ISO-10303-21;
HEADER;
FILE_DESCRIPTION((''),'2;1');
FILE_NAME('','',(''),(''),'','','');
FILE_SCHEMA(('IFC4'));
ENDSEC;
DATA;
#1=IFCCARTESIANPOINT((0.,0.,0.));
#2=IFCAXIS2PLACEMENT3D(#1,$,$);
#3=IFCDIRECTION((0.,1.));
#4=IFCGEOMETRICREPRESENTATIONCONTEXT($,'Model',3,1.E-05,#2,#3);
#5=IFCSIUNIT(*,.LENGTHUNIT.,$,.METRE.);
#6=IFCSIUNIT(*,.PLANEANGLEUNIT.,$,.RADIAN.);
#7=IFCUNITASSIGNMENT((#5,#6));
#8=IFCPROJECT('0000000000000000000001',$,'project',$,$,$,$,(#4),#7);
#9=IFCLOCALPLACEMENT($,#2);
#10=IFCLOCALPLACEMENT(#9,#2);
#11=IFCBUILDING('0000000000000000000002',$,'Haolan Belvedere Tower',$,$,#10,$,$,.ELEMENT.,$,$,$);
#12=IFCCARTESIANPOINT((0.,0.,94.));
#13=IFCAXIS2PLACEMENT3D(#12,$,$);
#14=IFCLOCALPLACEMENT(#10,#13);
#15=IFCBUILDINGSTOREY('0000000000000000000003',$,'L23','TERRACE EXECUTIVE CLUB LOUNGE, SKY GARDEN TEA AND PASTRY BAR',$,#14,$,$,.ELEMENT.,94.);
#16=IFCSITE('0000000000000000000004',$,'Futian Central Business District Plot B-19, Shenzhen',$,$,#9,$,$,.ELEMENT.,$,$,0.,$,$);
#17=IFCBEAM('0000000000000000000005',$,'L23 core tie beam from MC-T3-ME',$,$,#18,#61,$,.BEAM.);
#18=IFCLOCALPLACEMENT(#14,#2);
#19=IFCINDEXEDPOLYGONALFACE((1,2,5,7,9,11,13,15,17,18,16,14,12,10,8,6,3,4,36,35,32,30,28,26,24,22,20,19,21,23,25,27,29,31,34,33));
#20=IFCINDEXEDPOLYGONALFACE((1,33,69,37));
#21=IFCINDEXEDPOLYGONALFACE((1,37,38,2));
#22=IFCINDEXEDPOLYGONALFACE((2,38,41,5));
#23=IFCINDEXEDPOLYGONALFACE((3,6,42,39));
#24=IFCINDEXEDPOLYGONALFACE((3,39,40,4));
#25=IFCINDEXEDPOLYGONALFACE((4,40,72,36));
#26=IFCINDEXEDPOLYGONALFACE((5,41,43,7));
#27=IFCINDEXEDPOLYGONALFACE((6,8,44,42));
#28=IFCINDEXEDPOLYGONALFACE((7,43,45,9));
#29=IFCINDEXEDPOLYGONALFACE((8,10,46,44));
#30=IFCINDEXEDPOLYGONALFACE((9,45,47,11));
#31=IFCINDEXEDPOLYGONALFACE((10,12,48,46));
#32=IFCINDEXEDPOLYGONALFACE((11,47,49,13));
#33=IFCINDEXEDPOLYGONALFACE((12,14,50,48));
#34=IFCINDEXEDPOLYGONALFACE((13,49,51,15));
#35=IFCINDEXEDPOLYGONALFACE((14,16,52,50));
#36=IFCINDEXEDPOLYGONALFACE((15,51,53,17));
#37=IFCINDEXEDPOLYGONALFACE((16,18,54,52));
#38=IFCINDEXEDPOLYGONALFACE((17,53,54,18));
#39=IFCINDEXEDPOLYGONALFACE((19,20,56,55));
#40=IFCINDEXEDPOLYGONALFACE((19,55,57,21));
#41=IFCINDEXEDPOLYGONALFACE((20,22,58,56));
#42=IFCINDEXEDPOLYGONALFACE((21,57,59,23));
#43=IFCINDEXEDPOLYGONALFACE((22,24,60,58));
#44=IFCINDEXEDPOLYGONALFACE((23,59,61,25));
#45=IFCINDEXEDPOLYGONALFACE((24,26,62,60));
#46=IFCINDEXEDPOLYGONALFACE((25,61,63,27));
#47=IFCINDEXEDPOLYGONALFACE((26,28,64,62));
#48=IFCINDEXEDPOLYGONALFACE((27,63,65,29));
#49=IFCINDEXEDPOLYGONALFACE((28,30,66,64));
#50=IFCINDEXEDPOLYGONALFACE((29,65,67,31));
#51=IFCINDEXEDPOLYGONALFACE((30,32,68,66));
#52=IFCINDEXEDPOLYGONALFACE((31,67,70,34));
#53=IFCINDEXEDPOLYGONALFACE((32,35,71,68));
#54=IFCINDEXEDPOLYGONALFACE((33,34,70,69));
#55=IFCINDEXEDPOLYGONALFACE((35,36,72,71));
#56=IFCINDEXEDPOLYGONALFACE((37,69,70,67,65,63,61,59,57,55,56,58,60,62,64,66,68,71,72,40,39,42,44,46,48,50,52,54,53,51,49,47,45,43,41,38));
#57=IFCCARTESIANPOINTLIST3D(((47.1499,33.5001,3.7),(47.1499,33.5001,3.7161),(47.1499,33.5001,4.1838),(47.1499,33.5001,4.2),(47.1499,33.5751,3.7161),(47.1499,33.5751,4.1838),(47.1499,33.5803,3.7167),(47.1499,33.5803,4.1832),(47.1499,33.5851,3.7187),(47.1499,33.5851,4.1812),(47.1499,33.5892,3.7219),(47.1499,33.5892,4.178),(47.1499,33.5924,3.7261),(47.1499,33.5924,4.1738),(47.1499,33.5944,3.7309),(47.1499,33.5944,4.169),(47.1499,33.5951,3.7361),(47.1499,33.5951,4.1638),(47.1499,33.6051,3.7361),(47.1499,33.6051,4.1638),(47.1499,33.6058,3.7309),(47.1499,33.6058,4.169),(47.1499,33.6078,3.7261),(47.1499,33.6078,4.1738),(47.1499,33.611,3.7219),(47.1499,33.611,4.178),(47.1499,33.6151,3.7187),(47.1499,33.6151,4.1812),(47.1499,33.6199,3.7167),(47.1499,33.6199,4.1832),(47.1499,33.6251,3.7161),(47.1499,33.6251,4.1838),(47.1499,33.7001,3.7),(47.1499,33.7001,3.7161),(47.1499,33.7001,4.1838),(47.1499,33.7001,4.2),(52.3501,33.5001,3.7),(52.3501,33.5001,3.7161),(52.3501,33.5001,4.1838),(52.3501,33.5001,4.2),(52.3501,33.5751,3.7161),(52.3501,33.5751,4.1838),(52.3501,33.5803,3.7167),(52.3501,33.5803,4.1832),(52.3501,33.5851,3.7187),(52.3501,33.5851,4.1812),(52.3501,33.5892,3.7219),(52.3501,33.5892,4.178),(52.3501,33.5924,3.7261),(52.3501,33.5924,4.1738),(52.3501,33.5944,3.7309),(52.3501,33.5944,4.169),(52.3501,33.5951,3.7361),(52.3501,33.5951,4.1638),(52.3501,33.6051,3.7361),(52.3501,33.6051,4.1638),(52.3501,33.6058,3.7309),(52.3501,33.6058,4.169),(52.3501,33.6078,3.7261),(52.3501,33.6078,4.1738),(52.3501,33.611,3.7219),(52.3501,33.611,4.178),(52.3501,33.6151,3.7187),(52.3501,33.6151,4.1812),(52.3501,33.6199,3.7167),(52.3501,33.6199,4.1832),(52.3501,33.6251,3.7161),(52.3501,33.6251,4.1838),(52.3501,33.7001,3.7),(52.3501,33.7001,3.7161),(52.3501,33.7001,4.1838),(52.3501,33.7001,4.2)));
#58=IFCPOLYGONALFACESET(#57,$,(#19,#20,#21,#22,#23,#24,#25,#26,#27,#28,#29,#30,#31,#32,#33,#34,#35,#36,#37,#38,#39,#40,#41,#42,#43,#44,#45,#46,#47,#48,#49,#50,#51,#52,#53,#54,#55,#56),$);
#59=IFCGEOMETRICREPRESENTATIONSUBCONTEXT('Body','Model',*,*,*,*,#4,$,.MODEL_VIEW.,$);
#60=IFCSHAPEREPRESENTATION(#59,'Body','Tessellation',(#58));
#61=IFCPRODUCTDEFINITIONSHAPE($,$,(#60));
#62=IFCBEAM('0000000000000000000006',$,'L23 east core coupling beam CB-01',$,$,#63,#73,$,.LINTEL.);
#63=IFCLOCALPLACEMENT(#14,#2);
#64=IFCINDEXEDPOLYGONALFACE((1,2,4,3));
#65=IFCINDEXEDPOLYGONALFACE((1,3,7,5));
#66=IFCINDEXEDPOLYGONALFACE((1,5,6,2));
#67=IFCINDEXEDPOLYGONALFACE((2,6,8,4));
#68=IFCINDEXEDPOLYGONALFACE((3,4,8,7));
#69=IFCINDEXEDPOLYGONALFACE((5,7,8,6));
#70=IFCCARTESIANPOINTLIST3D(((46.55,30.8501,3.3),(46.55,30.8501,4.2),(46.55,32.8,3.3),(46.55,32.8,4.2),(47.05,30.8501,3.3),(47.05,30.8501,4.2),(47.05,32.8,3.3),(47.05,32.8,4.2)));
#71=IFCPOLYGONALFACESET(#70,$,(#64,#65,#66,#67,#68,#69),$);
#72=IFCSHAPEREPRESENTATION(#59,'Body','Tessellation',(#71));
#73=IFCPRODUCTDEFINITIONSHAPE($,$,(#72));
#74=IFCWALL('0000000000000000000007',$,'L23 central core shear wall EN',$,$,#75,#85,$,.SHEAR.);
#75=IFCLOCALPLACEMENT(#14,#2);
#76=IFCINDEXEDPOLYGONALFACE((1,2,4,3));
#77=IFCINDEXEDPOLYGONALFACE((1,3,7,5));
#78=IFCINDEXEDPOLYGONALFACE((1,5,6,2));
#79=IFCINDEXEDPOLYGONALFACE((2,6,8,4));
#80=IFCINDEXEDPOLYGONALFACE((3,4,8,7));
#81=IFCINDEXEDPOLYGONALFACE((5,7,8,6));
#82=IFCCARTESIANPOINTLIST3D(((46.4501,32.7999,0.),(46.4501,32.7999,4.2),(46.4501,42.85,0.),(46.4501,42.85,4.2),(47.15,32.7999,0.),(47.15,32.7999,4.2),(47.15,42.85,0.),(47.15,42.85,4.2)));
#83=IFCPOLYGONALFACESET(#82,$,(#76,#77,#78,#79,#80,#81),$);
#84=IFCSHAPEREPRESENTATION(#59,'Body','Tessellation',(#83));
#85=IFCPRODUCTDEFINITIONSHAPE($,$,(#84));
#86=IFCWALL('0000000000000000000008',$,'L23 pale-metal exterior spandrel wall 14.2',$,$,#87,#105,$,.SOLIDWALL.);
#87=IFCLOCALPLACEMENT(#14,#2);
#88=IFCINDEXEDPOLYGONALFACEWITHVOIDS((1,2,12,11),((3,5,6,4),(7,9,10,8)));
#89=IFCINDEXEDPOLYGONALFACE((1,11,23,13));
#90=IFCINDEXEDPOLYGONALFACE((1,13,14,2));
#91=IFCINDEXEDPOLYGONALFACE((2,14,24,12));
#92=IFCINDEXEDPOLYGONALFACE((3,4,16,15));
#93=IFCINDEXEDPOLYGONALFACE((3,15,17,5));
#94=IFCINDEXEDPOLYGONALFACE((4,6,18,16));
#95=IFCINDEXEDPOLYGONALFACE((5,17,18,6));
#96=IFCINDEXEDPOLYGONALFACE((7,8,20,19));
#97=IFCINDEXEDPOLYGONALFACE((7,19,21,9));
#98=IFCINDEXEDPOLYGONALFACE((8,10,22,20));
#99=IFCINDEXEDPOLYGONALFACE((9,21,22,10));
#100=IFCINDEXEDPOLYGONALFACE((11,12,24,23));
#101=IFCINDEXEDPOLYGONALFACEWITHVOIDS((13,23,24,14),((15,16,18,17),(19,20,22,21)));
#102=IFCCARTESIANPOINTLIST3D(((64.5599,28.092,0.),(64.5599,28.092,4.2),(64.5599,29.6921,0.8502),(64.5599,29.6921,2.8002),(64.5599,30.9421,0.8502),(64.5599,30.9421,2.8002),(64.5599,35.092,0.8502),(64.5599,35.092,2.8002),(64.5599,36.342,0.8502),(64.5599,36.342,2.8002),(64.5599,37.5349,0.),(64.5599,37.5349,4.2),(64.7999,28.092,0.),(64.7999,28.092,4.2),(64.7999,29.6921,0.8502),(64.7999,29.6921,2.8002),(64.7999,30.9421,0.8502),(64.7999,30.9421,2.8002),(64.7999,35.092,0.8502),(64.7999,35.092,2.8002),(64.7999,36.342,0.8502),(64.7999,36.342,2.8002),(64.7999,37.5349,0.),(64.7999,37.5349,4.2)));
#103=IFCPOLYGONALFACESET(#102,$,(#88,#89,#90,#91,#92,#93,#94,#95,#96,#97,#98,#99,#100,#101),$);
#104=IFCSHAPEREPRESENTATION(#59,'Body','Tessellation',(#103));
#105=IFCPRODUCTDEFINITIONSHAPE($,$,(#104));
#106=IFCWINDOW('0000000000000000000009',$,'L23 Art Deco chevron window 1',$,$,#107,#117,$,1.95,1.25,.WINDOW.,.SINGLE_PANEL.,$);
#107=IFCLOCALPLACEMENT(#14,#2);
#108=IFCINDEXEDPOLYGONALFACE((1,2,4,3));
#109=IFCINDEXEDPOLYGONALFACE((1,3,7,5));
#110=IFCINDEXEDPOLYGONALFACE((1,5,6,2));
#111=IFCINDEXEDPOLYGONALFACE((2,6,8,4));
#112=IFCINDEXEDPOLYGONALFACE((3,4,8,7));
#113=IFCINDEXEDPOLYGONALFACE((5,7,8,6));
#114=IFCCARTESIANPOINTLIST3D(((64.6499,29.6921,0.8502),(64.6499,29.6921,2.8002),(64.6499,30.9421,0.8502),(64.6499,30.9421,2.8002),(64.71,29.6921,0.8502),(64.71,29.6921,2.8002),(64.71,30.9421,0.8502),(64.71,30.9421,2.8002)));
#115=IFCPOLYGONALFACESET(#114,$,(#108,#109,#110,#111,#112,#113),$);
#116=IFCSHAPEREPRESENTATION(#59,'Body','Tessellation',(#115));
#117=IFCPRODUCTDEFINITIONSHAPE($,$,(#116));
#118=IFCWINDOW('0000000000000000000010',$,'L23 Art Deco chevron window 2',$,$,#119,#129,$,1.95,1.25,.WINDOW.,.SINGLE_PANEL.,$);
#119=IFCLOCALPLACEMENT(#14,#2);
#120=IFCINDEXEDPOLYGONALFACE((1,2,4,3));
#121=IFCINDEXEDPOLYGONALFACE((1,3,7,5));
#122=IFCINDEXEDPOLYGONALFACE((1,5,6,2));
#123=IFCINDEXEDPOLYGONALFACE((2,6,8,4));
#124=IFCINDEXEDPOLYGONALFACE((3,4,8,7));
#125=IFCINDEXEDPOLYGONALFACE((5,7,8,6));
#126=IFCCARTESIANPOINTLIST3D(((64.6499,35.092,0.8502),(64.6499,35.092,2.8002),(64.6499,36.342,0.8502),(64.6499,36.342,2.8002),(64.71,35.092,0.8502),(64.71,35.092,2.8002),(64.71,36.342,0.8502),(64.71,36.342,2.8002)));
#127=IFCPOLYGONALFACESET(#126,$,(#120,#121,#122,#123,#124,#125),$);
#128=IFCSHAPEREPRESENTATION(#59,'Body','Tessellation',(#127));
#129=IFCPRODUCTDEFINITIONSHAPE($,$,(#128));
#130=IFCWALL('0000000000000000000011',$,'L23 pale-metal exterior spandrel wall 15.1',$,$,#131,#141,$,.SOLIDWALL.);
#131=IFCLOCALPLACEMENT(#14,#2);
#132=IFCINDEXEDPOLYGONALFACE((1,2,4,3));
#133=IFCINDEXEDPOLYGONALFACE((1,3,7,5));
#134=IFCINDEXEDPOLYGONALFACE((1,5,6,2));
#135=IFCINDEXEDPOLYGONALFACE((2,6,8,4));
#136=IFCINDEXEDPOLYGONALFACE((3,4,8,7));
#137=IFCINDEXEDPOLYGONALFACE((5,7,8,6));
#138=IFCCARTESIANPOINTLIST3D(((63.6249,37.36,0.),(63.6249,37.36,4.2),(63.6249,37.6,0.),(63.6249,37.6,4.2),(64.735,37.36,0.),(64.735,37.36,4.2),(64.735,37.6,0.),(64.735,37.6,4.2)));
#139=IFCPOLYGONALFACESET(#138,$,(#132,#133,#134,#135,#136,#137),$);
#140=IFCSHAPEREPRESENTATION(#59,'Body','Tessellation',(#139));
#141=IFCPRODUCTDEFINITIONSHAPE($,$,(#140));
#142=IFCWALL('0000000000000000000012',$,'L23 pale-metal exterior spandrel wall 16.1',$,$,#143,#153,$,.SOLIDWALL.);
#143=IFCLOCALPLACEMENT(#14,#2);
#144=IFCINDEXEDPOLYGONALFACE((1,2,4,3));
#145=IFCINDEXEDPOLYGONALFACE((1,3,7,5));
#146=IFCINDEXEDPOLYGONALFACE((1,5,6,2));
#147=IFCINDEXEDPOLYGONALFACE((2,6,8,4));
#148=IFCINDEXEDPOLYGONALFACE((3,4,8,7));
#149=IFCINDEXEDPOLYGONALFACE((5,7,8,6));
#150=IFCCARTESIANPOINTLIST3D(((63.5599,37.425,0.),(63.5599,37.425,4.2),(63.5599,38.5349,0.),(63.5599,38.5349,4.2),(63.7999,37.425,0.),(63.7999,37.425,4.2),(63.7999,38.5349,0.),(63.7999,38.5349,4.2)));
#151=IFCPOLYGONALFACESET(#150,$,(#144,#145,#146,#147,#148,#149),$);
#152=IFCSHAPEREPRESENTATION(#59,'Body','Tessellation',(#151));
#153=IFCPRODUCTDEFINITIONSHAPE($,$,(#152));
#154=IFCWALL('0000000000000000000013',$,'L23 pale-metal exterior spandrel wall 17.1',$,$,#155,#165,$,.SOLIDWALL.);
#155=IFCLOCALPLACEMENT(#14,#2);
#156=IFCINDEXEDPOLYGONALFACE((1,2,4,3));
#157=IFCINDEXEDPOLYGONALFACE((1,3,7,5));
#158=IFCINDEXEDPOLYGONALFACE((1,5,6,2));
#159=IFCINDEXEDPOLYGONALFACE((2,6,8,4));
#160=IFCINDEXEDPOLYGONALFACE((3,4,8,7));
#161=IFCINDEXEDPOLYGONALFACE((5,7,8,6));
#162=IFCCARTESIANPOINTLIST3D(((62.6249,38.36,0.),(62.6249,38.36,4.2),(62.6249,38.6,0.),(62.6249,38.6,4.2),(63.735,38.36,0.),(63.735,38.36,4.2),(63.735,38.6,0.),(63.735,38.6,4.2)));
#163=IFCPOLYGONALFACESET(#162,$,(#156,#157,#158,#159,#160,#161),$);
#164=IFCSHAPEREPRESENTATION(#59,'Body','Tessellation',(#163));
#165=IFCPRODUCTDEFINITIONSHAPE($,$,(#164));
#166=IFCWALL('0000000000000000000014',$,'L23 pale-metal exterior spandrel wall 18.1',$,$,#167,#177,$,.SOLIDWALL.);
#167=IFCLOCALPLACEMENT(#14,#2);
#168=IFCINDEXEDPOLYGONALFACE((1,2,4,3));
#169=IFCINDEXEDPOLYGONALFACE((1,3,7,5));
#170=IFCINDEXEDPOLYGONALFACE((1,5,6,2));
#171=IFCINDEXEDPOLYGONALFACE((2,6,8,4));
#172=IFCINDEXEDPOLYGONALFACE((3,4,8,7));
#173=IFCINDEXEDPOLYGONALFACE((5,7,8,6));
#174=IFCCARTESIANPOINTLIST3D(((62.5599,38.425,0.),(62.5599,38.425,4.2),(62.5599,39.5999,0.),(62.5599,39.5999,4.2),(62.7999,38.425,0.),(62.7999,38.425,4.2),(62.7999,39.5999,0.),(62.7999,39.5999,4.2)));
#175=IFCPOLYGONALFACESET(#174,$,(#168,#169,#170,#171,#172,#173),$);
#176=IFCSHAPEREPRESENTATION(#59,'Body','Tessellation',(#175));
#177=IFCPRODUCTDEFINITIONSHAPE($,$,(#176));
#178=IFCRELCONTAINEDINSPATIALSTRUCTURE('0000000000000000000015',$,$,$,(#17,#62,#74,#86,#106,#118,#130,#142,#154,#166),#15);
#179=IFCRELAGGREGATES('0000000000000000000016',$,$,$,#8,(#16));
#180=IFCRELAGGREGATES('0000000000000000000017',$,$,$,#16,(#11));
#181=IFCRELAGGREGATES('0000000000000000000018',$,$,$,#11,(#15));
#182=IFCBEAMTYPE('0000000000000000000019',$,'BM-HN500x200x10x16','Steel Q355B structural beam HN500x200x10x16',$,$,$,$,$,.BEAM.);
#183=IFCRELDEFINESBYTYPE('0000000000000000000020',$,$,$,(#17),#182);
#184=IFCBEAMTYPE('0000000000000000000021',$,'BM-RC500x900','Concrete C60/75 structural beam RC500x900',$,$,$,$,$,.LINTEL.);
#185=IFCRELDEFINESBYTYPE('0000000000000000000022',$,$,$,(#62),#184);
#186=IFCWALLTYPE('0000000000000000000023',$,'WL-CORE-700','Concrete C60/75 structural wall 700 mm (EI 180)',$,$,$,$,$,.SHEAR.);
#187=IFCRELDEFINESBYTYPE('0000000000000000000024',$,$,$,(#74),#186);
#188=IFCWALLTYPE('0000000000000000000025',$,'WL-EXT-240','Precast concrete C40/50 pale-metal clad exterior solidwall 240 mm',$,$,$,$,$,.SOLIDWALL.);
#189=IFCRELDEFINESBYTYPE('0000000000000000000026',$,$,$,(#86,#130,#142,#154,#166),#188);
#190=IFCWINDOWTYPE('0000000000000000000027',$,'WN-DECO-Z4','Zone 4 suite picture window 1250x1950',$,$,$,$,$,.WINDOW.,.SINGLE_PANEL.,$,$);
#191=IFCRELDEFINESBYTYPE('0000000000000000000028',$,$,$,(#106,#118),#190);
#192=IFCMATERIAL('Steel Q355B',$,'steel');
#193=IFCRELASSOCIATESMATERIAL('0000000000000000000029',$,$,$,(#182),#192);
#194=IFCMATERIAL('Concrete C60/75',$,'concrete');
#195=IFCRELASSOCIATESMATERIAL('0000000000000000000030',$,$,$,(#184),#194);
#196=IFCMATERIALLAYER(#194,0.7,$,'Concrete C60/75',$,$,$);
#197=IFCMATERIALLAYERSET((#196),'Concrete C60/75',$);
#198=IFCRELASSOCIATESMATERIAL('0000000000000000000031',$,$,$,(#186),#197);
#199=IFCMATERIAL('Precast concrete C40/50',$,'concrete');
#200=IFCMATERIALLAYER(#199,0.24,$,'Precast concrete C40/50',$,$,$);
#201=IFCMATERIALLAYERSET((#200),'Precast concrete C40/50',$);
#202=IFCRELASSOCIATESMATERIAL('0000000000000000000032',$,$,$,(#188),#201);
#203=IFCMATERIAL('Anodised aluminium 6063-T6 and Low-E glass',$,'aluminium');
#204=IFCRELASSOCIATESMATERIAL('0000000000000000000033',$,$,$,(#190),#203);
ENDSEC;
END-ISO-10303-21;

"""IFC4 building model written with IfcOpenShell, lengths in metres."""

from ifc_helpers import new_model, si_unit, direction, frame, frame_2d, origin, origin_2d, place, context, subcontext, project, spatial, rectangle, i_section, extrude, material, layer, layer_set, material_profile, profile_set, type_object, element, fill, save


model = new_model("IFC4")

# Units and contexts
model_context = context("Model", 3, precision=1e-05, world=origin(), true_north=direction((0.0, 1.0)))
body_context = subcontext(model_context, "Body", "Model", "MODEL_VIEW")
ifc_project = project(units=[si_unit("LENGTHUNIT", "METRE"), si_unit("PLANEANGLEUNIT", "RADIAN")], contexts=[model_context])

# Site, building, storey
site_placement = place(None, origin())
site = spatial("IfcSite", under=ifc_project, at=site_placement, Name="Futian Central Business District Plot B-19, Shenzhen", CompositionType="ELEMENT", RefElevation=0.0)
building_placement = place(site_placement, origin())
building = spatial("IfcBuilding", under=site, at=building_placement, Name="Haolan Belvedere Tower", CompositionType="ELEMENT")
storey_placement = place(building_placement, frame((0.0, 0.0, 94.0)))
storey = spatial("IfcBuildingStorey", under=building, at=storey_placement, Name="L23", Description="TERRACE EXECUTIVE CLUB LOUNGE, SKY GARDEN TEA AND PASTRY BAR", CompositionType="ELEMENT", Elevation=94.0)

# Beams
ifc_material_1 = material(Name="Steel Q355B", Category="steel")
ifc_material_profile_1 = material_profile(ifc_material_1, i_section(OverallWidth=0.2, OverallDepth=0.5, WebThickness=0.01, FlangeThickness=0.0161, FilletRadius=0.02, at=origin_2d()), Name="Steel Q355B")
ifc_profile_set_1 = profile_set([ifc_material_profile_1], Name="Steel Q355B")
beam_type_1 = type_object("IfcBeamType", Name="BM-HN500x200x10x16", Description="Steel Q355B structural beam HN500x200x10x16", PredefinedType="BEAM", material=ifc_profile_set_1)
beam_1_placement = place(storey_placement, frame((52.3501, 33.6001, 3.95), z_axis=(-1.0, 0.0, 0.0), x_axis=(0.0, -1.0, 0.0)))
element("IfcBeam", 1, at=beam_1_placement, inside=storey, type_object=beam_type_1, Name="L23 core tie beam from MC-T3-ME", PredefinedType="BEAM", context=body_context, shape_type="SweptSolid", body=[
    extrude(i_section(OverallWidth=0.2, OverallDepth=0.5, WebThickness=0.01, FlangeThickness=0.0161, FilletRadius=0.02, at=origin_2d()), origin(), (0.0, 0.0, 1.0), 5.2002),
])
ifc_material_2 = material(Name="Concrete C60/75", Category="concrete")
ifc_material_profile_2 = material_profile(ifc_material_2, rectangle(XDim=0.5, YDim=0.8999, at=origin_2d()), Name="Concrete C60/75")
ifc_profile_set_2 = profile_set([ifc_material_profile_2], Name="Concrete C60/75")
beam_type_2 = type_object("IfcBeamType", Name="BM-RC500x900", Description="Concrete C60/75 structural beam RC500x900", PredefinedType="LINTEL", material=ifc_profile_set_2)
beam_2_placement = place(storey_placement, frame((46.8, 30.8501, 3.75), z_axis=(0.0, 1.0, 0.0), x_axis=(-1.0, 0.0, 0.0)))
element("IfcBeam", 2, at=beam_2_placement, inside=storey, type_object=beam_type_2, Name="L23 east core coupling beam CB-01", PredefinedType="LINTEL", context=body_context, shape_type="SweptSolid", body=[
    extrude(rectangle(XDim=0.5, YDim=0.8999, at=origin_2d()), origin(), (0.0, 0.0, 1.0), 1.95),
])

# Wall
ifc_layer_1 = layer(ifc_material_2, 0.7, Name="Concrete C60/75")
ifc_layer_set_1 = layer_set([ifc_layer_1], Name="Concrete C60/75")
wall_type_1 = type_object("IfcWallType", Name="WL-CORE-700", Description="Concrete C60/75 structural wall 700 mm (EI 180)", PredefinedType="SHEAR", material=ifc_layer_set_1)
wall_1_placement = place(storey_placement, frame((46.8, 32.8, 0.0), z_axis=(0.0, 0.0, 1.0), x_axis=(0.0, 1.0, 0.0)))
element("IfcWall", 3, at=wall_1_placement, inside=storey, type_object=wall_type_1, Name="L23 central core shear wall EN", PredefinedType="SHEAR", context=body_context, shape_type="SweptSolid", body=[
    extrude(rectangle(XDim=10.05, YDim=0.7, at=frame_2d((5.0249, 0.0))), origin(), (0.0, 0.0, 1.0), 4.2),
])

# Wall, openings, windows
ifc_material_3 = material(Name="Precast concrete C40/50", Category="concrete")
ifc_layer_2 = layer(ifc_material_3, 0.24, Name="Precast concrete C40/50")
ifc_layer_set_2 = layer_set([ifc_layer_2], Name="Precast concrete C40/50")
wall_type_2 = type_object("IfcWallType", Name="WL-EXT-240", Description="Precast concrete C40/50 pale-metal clad exterior solidwall 240 mm", PredefinedType="SOLIDWALL", material=ifc_layer_set_2)
wall_2_placement = place(storey_placement, frame((64.6799, 28.092, 0.0), z_axis=(0.0, 0.0, 1.0), x_axis=(0.0, 1.0, 0.0)))
wall_2 = element("IfcWall", 4, at=wall_2_placement, inside=storey, type_object=wall_type_2, Name="L23 pale-metal exterior spandrel wall 14.2", PredefinedType="SOLIDWALL", context=body_context, shape_type="SweptSolid", body=[
    extrude(rectangle(XDim=9.4429, YDim=0.24, at=frame_2d((4.7214, 0.0))), origin(), (0.0, 0.0, 1.0), 4.2),
])
opening_1_placement = place(wall_2_placement, frame((1.6001, 0.0, 0.8501)))
opening_1 = element("IfcOpeningElement", 5, at=opening_1_placement, cuts=wall_2, PredefinedType="OPENING", context=body_context, shape_type="SweptSolid", body=[
    extrude(rectangle(XDim=1.25, YDim=1.95, at=frame_2d((0.625, 0.9751))), frame((0.0, 0.1299, 0.0), z_axis=(0.0, -1.0, 0.0), x_axis=(1.0, 0.0, 0.0)), (0.0, 0.0, 1.0), 0.26),
])
opening_2_placement = place(wall_2_placement, frame((7.0, 0.0, 0.8501)))
opening_2 = element("IfcOpeningElement", 6, at=opening_2_placement, cuts=wall_2, PredefinedType="OPENING", context=body_context, shape_type="SweptSolid", body=[
    extrude(rectangle(XDim=1.25, YDim=1.95, at=frame_2d((0.625, 0.9751))), frame((0.0, 0.1299, 0.0), z_axis=(0.0, -1.0, 0.0), x_axis=(1.0, 0.0, 0.0)), (0.0, 0.0, 1.0), 0.26),
])
ifc_material_4 = material(Name="Anodised aluminium 6063-T6 and Low-E glass", Category="aluminium")
window_type = type_object("IfcWindowType", Name="WN-DECO-Z4", Description="Zone 4 suite picture window 1250x1950", PartitioningType="SINGLE_PANEL", PredefinedType="WINDOW", material=ifc_material_4)
window_1_placement = place(opening_1_placement, origin())
window_1 = element("IfcWindow", 7, at=window_1_placement, inside=storey, type_object=window_type, Name="L23 Art Deco chevron window 1", OverallHeight=1.95, OverallWidth=1.25, PartitioningType="SINGLE_PANEL", PredefinedType="WINDOW", context=body_context, shape_type="SweptSolid", body=[
    extrude(rectangle(XDim=1.25, YDim=1.95, at=frame_2d((0.625, 0.9751))), frame((0.0, 0.03, 0.0), z_axis=(0.0, -1.0, 0.0), x_axis=(1.0, 0.0, 0.0)), (0.0, 0.0, 1.0), 0.0601),
])
fill(opening_1, window_1)
window_2_placement = place(opening_2_placement, origin())
window_2 = element("IfcWindow", 8, at=window_2_placement, inside=storey, type_object=window_type, Name="L23 Art Deco chevron window 2", OverallHeight=1.95, OverallWidth=1.25, PartitioningType="SINGLE_PANEL", PredefinedType="WINDOW", context=body_context, shape_type="SweptSolid", body=[
    extrude(rectangle(XDim=1.25, YDim=1.95, at=frame_2d((0.625, 0.9751))), frame((0.0, 0.03, 0.0), z_axis=(0.0, -1.0, 0.0), x_axis=(1.0, 0.0, 0.0)), (0.0, 0.0, 1.0), 0.0601),
])
fill(opening_2, window_2)

# Walls
wall_3_placement = place(storey_placement, frame((64.7351, 37.48, 0.0), z_axis=(0.0, 0.0, 1.0), x_axis=(-1.0, 0.0, 0.0)))
element("IfcWall", 9, at=wall_3_placement, inside=storey, type_object=wall_type_2, Name="L23 pale-metal exterior spandrel wall 15.1", PredefinedType="SOLIDWALL", context=body_context, shape_type="SweptSolid", body=[
    extrude(rectangle(XDim=1.1101, YDim=0.24, at=frame_2d((0.5552, 0.0))), origin(), (0.0, 0.0, 1.0), 4.2),
])
wall_4_placement = place(storey_placement, frame((63.6799, 37.425, 0.0), z_axis=(0.0, 0.0, 1.0), x_axis=(0.0, 1.0, 0.0)))
element("IfcWall", 10, at=wall_4_placement, inside=storey, type_object=wall_type_2, Name="L23 pale-metal exterior spandrel wall 16.1", PredefinedType="SOLIDWALL", context=body_context, shape_type="SweptSolid", body=[
    extrude(rectangle(XDim=1.1099, YDim=0.24, at=frame_2d((0.5549, 0.0))), origin(), (0.0, 0.0, 1.0), 4.2),
])
wall_5_placement = place(storey_placement, frame((63.7351, 38.48, 0.0), z_axis=(0.0, 0.0, 1.0), x_axis=(-1.0, 0.0, 0.0)))
element("IfcWall", 11, at=wall_5_placement, inside=storey, type_object=wall_type_2, Name="L23 pale-metal exterior spandrel wall 17.1", PredefinedType="SOLIDWALL", context=body_context, shape_type="SweptSolid", body=[
    extrude(rectangle(XDim=1.1101, YDim=0.24, at=frame_2d((0.5552, 0.0))), origin(), (0.0, 0.0, 1.0), 4.2),
])
wall_6_placement = place(storey_placement, frame((62.6799, 38.425, 0.0), z_axis=(0.0, 0.0, 1.0), x_axis=(0.0, 1.0, 0.0)))
element("IfcWall", 12, at=wall_6_placement, inside=storey, type_object=wall_type_2, Name="L23 pale-metal exterior spandrel wall 18.1", PredefinedType="SOLIDWALL", context=body_context, shape_type="SweptSolid", body=[
    extrude(rectangle(XDim=1.1748, YDim=0.24, at=frame_2d((0.5874, 0.0))), origin(), (0.0, 0.0, 1.0), 4.2),
])

save(model, "model.ifc")
